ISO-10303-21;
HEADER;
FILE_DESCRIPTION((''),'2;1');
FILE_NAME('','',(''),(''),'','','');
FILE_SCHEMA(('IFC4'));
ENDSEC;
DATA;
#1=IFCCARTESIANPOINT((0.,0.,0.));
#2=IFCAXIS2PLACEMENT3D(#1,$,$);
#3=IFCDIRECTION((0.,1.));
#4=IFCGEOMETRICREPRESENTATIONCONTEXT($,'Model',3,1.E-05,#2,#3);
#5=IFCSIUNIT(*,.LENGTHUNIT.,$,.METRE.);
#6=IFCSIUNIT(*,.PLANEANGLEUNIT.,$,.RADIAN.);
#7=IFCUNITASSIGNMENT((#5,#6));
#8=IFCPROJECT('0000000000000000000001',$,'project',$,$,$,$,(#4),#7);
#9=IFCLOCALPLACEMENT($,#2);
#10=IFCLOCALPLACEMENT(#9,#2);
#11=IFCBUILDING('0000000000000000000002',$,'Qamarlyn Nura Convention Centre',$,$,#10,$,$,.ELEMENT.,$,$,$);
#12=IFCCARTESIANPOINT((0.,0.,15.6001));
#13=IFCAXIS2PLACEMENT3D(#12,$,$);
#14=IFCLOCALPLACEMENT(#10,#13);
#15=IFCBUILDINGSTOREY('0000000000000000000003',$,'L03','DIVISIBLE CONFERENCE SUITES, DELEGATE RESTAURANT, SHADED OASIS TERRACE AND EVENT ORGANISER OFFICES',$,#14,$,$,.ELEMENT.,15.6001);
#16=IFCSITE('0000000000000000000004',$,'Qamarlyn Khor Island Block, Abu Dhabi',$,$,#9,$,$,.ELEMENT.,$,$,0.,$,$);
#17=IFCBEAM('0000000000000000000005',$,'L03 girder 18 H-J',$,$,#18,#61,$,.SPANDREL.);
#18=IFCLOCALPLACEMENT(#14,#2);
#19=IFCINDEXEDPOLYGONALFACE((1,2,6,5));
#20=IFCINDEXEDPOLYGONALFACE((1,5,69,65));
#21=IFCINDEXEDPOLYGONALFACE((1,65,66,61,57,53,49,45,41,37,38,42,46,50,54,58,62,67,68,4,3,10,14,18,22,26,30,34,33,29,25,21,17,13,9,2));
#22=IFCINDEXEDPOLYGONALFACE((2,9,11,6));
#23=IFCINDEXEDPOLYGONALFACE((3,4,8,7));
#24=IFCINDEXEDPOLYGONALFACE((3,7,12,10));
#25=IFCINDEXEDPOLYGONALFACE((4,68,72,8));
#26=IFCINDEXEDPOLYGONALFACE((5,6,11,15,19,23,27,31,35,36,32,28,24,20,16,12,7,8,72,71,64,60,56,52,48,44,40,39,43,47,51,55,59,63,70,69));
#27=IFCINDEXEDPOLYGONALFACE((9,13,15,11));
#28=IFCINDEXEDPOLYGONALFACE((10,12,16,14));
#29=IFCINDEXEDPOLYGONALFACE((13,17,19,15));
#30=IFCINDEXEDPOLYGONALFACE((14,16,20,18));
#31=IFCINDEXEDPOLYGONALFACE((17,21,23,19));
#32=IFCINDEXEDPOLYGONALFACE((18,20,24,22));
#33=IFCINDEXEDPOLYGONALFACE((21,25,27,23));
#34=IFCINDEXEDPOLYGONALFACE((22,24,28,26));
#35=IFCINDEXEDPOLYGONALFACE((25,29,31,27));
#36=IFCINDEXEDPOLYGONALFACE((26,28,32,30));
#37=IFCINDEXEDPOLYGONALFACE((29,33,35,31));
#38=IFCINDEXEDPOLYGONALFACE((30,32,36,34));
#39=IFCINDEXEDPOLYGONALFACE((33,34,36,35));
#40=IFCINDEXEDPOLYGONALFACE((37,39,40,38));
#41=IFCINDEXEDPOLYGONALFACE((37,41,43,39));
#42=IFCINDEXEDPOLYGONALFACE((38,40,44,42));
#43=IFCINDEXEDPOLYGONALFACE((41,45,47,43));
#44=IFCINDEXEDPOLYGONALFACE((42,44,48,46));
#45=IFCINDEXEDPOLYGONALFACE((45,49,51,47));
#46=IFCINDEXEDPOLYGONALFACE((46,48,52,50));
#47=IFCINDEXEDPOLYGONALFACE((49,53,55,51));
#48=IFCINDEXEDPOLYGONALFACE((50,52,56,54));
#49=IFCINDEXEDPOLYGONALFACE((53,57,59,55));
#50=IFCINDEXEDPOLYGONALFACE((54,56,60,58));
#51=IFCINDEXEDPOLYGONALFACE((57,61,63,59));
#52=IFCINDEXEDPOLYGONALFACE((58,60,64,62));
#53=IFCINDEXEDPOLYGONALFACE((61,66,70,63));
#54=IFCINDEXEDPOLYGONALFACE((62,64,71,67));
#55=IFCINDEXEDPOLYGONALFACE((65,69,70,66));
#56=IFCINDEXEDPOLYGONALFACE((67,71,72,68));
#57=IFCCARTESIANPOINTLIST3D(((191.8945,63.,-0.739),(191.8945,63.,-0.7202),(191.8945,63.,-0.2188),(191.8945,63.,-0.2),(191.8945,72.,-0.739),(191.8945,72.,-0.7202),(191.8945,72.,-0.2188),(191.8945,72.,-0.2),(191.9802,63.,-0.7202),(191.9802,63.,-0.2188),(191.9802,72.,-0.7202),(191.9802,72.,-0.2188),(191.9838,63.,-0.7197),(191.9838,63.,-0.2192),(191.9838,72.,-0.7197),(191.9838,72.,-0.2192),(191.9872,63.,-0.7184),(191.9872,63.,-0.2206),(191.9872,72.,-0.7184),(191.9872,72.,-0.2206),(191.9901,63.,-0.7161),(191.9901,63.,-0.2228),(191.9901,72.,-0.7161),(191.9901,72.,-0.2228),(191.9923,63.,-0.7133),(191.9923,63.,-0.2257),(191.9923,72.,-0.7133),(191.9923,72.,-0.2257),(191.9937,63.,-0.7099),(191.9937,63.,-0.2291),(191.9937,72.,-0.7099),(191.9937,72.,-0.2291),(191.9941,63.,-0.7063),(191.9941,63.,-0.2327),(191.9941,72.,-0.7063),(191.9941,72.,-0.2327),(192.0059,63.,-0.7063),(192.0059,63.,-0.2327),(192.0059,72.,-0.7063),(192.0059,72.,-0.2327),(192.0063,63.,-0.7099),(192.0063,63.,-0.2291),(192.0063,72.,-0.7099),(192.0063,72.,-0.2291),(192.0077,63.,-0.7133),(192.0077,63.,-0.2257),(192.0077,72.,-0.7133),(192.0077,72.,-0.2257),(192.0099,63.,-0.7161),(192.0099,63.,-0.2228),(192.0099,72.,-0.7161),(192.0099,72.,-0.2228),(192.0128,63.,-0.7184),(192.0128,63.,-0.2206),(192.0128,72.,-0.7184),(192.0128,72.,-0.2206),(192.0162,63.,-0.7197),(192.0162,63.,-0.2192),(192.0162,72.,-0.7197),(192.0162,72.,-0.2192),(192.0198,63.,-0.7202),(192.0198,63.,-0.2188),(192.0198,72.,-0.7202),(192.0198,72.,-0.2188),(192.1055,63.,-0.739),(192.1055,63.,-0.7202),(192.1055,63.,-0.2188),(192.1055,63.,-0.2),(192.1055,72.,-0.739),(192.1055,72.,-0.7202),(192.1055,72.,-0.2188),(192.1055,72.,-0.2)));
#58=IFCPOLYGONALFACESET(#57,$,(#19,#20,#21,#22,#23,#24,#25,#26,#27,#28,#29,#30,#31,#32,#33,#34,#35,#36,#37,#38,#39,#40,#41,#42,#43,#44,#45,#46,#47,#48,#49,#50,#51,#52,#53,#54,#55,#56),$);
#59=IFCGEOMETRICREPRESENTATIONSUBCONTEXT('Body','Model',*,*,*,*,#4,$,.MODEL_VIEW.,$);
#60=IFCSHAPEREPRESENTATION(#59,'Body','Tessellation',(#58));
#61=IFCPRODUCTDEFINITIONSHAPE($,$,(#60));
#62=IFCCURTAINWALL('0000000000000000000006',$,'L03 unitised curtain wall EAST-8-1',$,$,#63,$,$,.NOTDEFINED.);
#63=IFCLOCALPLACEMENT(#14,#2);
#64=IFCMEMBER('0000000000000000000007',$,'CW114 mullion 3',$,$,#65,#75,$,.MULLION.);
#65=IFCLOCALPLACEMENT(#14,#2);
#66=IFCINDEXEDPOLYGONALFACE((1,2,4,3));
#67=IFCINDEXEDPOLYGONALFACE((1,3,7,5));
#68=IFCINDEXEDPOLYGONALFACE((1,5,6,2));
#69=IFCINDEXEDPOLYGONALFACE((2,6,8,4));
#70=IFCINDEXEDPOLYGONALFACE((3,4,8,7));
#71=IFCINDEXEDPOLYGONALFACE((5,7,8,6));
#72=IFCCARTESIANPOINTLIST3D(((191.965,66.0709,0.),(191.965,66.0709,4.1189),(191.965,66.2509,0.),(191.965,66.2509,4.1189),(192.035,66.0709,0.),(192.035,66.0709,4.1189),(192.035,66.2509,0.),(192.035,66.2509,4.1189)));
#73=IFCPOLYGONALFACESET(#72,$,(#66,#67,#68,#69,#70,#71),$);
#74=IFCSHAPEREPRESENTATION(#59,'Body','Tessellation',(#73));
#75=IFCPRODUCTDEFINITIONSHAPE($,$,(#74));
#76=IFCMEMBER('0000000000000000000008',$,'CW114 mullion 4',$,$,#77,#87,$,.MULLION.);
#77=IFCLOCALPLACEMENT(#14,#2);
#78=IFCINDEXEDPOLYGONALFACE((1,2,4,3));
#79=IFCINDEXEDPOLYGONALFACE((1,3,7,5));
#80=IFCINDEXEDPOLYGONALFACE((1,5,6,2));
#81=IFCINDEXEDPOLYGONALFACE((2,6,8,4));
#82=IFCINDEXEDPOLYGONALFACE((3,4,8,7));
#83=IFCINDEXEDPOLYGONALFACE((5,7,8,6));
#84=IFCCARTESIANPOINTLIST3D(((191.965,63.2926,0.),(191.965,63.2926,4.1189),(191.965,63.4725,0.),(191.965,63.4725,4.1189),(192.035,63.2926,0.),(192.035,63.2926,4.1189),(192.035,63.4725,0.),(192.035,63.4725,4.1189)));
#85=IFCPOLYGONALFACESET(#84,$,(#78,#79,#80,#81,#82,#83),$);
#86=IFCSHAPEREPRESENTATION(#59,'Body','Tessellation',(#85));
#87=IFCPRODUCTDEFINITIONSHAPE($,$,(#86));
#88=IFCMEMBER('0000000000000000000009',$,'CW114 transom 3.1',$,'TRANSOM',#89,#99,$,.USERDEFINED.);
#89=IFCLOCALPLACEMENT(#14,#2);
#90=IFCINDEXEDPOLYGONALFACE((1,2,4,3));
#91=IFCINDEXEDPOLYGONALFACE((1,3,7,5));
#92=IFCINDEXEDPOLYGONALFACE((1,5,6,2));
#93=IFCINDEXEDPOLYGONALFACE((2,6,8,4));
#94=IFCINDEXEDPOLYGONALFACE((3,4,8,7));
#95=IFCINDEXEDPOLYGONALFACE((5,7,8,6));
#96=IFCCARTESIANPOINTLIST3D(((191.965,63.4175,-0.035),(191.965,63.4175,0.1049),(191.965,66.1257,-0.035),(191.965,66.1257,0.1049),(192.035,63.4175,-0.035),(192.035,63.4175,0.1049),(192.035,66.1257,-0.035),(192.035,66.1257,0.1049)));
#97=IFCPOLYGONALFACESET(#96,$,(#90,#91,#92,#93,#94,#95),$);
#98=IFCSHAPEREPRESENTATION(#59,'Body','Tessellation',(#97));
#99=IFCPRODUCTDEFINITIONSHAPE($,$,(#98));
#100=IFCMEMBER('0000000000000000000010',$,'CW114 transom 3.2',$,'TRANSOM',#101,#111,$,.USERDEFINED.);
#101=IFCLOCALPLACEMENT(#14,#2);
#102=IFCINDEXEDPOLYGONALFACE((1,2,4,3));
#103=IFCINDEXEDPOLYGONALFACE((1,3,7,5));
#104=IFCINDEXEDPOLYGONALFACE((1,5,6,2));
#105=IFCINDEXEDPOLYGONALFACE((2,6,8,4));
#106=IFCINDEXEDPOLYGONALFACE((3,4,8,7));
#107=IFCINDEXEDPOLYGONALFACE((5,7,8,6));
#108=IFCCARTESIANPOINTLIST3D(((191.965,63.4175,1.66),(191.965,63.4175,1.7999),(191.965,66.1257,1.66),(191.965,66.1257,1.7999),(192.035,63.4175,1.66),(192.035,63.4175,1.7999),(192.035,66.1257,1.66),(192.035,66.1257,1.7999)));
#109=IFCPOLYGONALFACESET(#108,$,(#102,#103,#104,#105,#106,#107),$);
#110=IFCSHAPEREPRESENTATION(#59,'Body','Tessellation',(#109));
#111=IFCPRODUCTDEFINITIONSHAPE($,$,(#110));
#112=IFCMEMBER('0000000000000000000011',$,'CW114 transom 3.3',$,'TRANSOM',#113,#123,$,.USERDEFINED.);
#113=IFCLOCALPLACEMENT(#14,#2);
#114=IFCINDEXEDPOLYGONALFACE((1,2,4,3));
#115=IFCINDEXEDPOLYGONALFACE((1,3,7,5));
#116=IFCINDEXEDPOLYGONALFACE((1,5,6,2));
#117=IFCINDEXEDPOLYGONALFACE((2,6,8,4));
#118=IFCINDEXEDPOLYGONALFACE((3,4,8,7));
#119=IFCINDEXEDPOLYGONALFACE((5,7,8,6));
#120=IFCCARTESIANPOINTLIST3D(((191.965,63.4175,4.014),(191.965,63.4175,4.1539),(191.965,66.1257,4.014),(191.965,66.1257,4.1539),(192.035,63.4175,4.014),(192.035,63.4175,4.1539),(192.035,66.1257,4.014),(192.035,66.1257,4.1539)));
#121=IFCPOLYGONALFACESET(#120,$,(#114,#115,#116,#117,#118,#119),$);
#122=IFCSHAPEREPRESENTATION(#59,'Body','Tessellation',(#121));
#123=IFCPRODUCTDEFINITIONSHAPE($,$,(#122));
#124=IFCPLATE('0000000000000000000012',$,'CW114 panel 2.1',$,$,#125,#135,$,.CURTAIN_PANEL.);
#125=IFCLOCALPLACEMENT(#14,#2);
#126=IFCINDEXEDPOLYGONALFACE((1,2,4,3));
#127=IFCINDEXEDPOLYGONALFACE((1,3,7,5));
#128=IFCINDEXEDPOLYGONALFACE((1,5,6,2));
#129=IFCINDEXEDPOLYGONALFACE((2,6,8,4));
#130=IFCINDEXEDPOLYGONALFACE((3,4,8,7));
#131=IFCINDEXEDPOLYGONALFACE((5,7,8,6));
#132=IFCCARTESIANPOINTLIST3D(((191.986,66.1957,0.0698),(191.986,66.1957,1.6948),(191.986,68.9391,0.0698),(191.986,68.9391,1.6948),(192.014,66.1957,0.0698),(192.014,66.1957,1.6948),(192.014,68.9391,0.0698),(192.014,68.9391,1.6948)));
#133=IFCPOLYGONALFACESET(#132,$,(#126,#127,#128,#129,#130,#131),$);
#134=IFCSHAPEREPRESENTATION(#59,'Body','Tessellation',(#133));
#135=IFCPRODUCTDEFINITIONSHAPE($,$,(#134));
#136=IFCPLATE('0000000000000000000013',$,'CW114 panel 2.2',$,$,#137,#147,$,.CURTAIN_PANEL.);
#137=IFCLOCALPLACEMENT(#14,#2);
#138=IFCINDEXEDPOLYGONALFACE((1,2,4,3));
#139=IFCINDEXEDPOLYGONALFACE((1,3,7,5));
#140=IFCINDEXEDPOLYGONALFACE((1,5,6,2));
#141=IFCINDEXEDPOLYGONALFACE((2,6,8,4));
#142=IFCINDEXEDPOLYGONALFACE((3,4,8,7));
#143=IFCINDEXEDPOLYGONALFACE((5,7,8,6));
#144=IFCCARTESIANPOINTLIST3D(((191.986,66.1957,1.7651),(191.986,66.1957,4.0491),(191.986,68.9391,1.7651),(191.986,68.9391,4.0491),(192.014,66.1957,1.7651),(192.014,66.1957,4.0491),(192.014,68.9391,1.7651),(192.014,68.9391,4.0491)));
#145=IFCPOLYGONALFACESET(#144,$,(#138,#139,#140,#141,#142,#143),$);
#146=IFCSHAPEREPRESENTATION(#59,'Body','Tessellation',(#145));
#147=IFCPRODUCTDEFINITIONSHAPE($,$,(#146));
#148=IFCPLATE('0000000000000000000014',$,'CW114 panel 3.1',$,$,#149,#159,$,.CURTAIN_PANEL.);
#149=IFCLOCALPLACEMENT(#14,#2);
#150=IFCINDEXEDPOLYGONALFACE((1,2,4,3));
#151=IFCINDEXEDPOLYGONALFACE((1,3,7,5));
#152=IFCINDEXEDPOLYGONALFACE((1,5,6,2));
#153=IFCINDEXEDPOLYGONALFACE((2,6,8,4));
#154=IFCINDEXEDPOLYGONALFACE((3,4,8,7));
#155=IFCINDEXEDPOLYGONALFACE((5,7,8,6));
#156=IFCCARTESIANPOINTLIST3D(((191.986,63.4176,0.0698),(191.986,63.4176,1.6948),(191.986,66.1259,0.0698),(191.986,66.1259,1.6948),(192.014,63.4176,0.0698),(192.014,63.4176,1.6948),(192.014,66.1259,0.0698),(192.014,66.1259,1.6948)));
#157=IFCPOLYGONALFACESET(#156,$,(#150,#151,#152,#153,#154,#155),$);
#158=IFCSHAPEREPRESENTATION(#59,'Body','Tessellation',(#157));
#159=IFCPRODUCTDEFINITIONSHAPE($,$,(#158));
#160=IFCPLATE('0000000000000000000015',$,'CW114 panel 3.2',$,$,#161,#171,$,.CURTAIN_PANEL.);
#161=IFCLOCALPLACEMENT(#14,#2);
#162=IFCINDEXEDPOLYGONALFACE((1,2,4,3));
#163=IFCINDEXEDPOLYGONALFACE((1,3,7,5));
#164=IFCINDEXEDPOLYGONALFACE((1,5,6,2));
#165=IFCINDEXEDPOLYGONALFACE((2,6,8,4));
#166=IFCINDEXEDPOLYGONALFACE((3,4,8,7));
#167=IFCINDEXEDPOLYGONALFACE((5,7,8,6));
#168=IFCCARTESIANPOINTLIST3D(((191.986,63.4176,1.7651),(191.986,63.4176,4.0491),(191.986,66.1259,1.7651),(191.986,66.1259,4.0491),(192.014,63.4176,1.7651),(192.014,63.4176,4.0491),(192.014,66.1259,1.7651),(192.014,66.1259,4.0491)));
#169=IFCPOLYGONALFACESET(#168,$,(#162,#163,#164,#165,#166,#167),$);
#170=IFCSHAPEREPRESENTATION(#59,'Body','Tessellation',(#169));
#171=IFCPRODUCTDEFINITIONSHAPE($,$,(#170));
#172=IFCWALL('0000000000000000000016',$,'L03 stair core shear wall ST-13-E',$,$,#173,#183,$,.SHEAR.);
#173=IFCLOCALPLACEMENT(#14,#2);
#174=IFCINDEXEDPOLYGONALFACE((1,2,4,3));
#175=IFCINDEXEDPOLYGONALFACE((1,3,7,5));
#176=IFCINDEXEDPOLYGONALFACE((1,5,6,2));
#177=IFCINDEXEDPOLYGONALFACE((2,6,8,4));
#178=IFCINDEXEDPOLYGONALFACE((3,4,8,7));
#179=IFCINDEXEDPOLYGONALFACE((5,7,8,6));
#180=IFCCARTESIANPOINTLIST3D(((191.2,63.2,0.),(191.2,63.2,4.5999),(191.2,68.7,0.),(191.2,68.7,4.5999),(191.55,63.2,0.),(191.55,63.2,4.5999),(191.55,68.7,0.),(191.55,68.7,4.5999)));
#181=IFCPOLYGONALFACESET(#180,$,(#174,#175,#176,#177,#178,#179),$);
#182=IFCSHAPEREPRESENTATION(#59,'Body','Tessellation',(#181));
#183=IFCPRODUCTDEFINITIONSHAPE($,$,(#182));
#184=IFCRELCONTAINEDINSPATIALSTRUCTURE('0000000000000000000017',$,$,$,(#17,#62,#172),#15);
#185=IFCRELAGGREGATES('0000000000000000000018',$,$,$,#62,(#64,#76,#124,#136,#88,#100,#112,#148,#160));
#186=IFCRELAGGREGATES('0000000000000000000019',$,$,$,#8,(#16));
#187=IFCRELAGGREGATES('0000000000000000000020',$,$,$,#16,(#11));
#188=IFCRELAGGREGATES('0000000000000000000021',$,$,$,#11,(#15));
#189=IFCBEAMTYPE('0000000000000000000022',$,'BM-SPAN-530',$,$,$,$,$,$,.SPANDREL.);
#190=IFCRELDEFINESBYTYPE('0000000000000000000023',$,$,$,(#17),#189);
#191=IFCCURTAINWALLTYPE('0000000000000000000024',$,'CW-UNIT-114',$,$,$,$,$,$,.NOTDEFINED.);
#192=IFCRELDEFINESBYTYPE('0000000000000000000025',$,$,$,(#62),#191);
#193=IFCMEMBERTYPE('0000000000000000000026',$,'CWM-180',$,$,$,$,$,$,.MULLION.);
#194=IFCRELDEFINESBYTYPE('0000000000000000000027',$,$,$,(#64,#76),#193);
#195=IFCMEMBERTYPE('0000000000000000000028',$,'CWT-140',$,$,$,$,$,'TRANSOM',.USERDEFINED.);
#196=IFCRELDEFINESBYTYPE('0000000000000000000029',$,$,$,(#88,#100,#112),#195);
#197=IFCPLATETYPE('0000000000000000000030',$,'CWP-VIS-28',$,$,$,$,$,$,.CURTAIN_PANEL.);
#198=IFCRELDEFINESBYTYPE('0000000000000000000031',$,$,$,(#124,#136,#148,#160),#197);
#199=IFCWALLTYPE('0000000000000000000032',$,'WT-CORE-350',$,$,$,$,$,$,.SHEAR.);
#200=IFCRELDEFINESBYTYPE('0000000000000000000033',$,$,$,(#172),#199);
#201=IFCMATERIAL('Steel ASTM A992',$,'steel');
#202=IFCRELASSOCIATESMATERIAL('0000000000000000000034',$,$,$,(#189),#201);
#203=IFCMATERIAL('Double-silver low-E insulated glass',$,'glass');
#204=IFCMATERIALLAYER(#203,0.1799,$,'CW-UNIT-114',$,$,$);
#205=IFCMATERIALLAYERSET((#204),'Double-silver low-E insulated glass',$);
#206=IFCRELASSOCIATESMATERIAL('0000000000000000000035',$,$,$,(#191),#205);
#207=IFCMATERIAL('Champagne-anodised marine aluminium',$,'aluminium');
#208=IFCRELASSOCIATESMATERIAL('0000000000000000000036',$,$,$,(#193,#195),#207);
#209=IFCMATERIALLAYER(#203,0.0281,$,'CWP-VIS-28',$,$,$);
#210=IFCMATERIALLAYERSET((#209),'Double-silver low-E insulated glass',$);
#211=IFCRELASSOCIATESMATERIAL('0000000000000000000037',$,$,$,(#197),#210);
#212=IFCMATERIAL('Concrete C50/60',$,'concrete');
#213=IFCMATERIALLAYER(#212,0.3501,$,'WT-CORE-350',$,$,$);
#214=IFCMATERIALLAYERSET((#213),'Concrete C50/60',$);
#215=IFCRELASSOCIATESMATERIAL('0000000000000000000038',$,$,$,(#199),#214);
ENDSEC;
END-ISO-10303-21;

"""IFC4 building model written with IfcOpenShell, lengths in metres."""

from ifc_helpers import new_model, si_unit, direction, frame, frame_2d, origin, origin_2d, place, context, subcontext, project, spatial, rectangle, i_section, extrude, material, layer, layer_set, material_profile, profile_set, type_object, element, aggregate, save


model = new_model("IFC4")

# Units and contexts
model_context = context("Model", 3, precision=1e-05, world=origin(), true_north=direction((0.0, 1.0)))
body_context = subcontext(model_context, "Body", "Model", "MODEL_VIEW")
ifc_project = project(units=[si_unit("LENGTHUNIT", "METRE"), si_unit("PLANEANGLEUNIT", "RADIAN")], contexts=[model_context])

# Site, building, storey
site_placement = place(None, origin())
site = spatial("IfcSite", under=ifc_project, at=site_placement, Name="Qamarlyn Khor Island Block, Abu Dhabi", CompositionType="ELEMENT", RefElevation=0.0)
building_placement = place(site_placement, origin())
building = spatial("IfcBuilding", under=site, at=building_placement, Name="Qamarlyn Nura Convention Centre", CompositionType="ELEMENT")
storey_placement = place(building_placement, frame((0.0, 0.0, 15.6001)))
storey = spatial("IfcBuildingStorey", under=building, at=storey_placement, Name="L03", Description="DIVISIBLE CONFERENCE SUITES, DELEGATE RESTAURANT, SHADED OASIS TERRACE AND EVENT ORGANISER OFFICES", CompositionType="ELEMENT", Elevation=15.6001)

# Shared definitions
ifc_material_1 = material(Name="Steel ASTM A992", Category="steel")

# Beam
ifc_material_profile_1 = material_profile(ifc_material_1, i_section(OverallWidth=0.2109, OverallDepth=0.5391, WebThickness=0.0117, FlangeThickness=0.0188, FilletRadius=0.0139, at=origin_2d()), Name="W530X109")
ifc_profile_set_1 = profile_set([ifc_material_profile_1], Name="Steel ASTM A992")
beam_type_1 = type_object("IfcBeamType", Name="BM-SPAN-530", PredefinedType="SPANDREL", material=ifc_profile_set_1)
beam_1_placement = place(storey_placement, frame((192.0, 63.0, -0.4695), z_axis=(0.0, 1.0, 0.0), x_axis=(-1.0, 0.0, 0.0)))
element("IfcBeam", 1, at=beam_1_placement, inside=storey, type_object=beam_type_1, Name="L03 girder 18 H-J", PredefinedType="SPANDREL", context=body_context, shape_type="SweptSolid", body=[
    extrude(i_section(OverallWidth=0.2109, OverallDepth=0.5391, WebThickness=0.0117, FlangeThickness=0.0188, FilletRadius=0.0139, at=origin_2d()), origin(), (0.0, 0.0, 1.0), 9.0),
])

# Curtain wall, members, plates
ifc_material_2 = material(Name="Double-silver low-E insulated glass", Category="glass")
ifc_layer_1 = layer(ifc_material_2, 0.1799, Name="CW-UNIT-114")
ifc_layer_set_1 = layer_set([ifc_layer_1], Name="Double-silver low-E insulated glass")
curtain_wall_type = type_object("IfcCurtainWallType", Name="CW-UNIT-114", PredefinedType="NOTDEFINED", material=ifc_layer_set_1)
curtain_wall_placement = place(storey_placement, origin())
curtain_wall = element("IfcCurtainWall", 2, at=curtain_wall_placement, inside=storey, type_object=curtain_wall_type, Name="L03 unitised curtain wall EAST-8-1", PredefinedType="NOTDEFINED")
ifc_material_3 = material(Name="Champagne-anodised marine aluminium", Category="aluminium")
ifc_material_profile_2 = material_profile(ifc_material_3, rectangle(XDim=0.0701, YDim=0.1799, at=origin_2d()), Name="ALU MULLION 70x180")
ifc_profile_set_2 = profile_set([ifc_material_profile_2], Name="Champagne-anodised marine aluminium")
member_type_1 = type_object("IfcMemberType", Name="CWM-180", PredefinedType="MULLION", material=ifc_profile_set_2)
member_1_placement = place(storey_placement, frame((192.0, 66.1609, 0.0), z_axis=(0.0, 0.0, 1.0), x_axis=(1.0, 0.0, 0.0)))
member_1 = element("IfcMember", 3, at=member_1_placement, type_object=member_type_1, Name="CW114 mullion 3", PredefinedType="MULLION", context=body_context, shape_type="SweptSolid", body=[
    extrude(rectangle(XDim=0.0701, YDim=0.1799, at=origin_2d()), origin(), (0.0, 0.0, 1.0), 4.1189),
])
member_2_placement = place(storey_placement, frame((192.0, 63.3826, 0.0), z_axis=(0.0, 0.0, 1.0), x_axis=(1.0, 0.0, 0.0)))
member_2 = element("IfcMember", 4, at=member_2_placement, type_object=member_type_1, Name="CW114 mullion 4", PredefinedType="MULLION", context=body_context, shape_type="SweptSolid", body=[
    extrude(rectangle(XDim=0.0701, YDim=0.1799, at=origin_2d()), origin(), (0.0, 0.0, 1.0), 4.1189),
])
ifc_material_profile_3 = material_profile(ifc_material_3, rectangle(XDim=0.0701, YDim=0.1399, at=origin_2d()), Name="ALU TRANSOM 70x140")
ifc_profile_set_3 = profile_set([ifc_material_profile_3], Name="Champagne-anodised marine aluminium")
member_type_2 = type_object("IfcMemberType", Name="CWT-140", ElementType="TRANSOM", PredefinedType="USERDEFINED", material=ifc_profile_set_3)
member_3_placement = place(storey_placement, frame((192.0, 66.1257, 0.0349), z_axis=(0.0, -1.0, 0.0), x_axis=(1.0, 0.0, 0.0)))
member_3 = element("IfcMember", 5, at=member_3_placement, type_object=member_type_2, Name="CW114 transom 3.1", ObjectType="TRANSOM", PredefinedType="USERDEFINED", context=body_context, shape_type="SweptSolid", body=[
    extrude(rectangle(XDim=0.0701, YDim=0.1399, at=origin_2d()), origin(), (0.0, 0.0, 1.0), 2.7083),
])
member_4_placement = place(storey_placement, frame((192.0, 66.1257, 1.73), z_axis=(0.0, -1.0, 0.0), x_axis=(1.0, 0.0, 0.0)))
member_4 = element("IfcMember", 6, at=member_4_placement, type_object=member_type_2, Name="CW114 transom 3.2", ObjectType="TRANSOM", PredefinedType="USERDEFINED", context=body_context, shape_type="SweptSolid", body=[
    extrude(rectangle(XDim=0.0701, YDim=0.1399, at=origin_2d()), origin(), (0.0, 0.0, 1.0), 2.7083),
])
member_5_placement = place(storey_placement, frame((192.0, 66.1257, 4.084), z_axis=(0.0, -1.0, 0.0), x_axis=(1.0, 0.0, 0.0)))
member_5 = element("IfcMember", 7, at=member_5_placement, type_object=member_type_2, Name="CW114 transom 3.3", ObjectType="TRANSOM", PredefinedType="USERDEFINED", context=body_context, shape_type="SweptSolid", body=[
    extrude(rectangle(XDim=0.0701, YDim=0.1399, at=origin_2d()), origin(), (0.0, 0.0, 1.0), 2.7083),
])
ifc_layer_2 = layer(ifc_material_2, 0.0281, Name="CWP-VIS-28")
ifc_layer_set_2 = layer_set([ifc_layer_2], Name="Double-silver low-E insulated glass")
plate_type = type_object("IfcPlateType", Name="CWP-VIS-28", PredefinedType="CURTAIN_PANEL", material=ifc_layer_set_2)
plate_1_placement = place(storey_placement, frame((192.0, 67.5674, 0.0698), z_axis=(0.0, 0.0, 1.0), x_axis=(0.0, -1.0, 0.0)))
plate_1 = element("IfcPlate", 8, at=plate_1_placement, type_object=plate_type, Name="CW114 panel 2.1", PredefinedType="CURTAIN_PANEL", context=body_context, shape_type="SweptSolid", body=[
    extrude(rectangle(XDim=2.7434, YDim=0.0281, at=origin_2d()), origin(), (0.0, 0.0, 1.0), 1.625),
])
plate_2_placement = place(storey_placement, frame((192.0, 67.5674, 1.7651), z_axis=(0.0, 0.0, 1.0), x_axis=(0.0, -1.0, 0.0)))
plate_2 = element("IfcPlate", 9, at=plate_2_placement, type_object=plate_type, Name="CW114 panel 2.2", PredefinedType="CURTAIN_PANEL", context=body_context, shape_type="SweptSolid", body=[
    extrude(rectangle(XDim=2.7434, YDim=0.0281, at=origin_2d()), origin(), (0.0, 0.0, 1.0), 2.2839),
])
plate_3_placement = place(storey_placement, frame((192.0, 64.7717, 0.0698), z_axis=(0.0, 0.0, 1.0), x_axis=(0.0, -1.0, 0.0)))
plate_3 = element("IfcPlate", 10, at=plate_3_placement, type_object=plate_type, Name="CW114 panel 3.1", PredefinedType="CURTAIN_PANEL", context=body_context, shape_type="SweptSolid", body=[
    extrude(rectangle(XDim=2.7083, YDim=0.0281, at=origin_2d()), origin(), (0.0, 0.0, 1.0), 1.625),
])
plate_4_placement = place(storey_placement, frame((192.0, 64.7717, 1.7651), z_axis=(0.0, 0.0, 1.0), x_axis=(0.0, -1.0, 0.0)))
plate_4 = element("IfcPlate", 11, at=plate_4_placement, type_object=plate_type, Name="CW114 panel 3.2", PredefinedType="CURTAIN_PANEL", context=body_context, shape_type="SweptSolid", body=[
    extrude(rectangle(XDim=2.7083, YDim=0.0281, at=origin_2d()), origin(), (0.0, 0.0, 1.0), 2.2839),
])
aggregate(curtain_wall, [member_1, member_2, plate_1, plate_2, member_3, member_4, member_5, plate_3, plate_4])

# Wall
ifc_material_4 = material(Name="Concrete C50/60", Category="concrete")
ifc_layer_3 = layer(ifc_material_4, 0.3501, Name="WT-CORE-350")
ifc_layer_set_3 = layer_set([ifc_layer_3], Name="Concrete C50/60")
wall_type_1 = type_object("IfcWallType", Name="WT-CORE-350", PredefinedType="SHEAR", material=ifc_layer_set_3)
wall_1_placement = place(storey_placement, frame((191.375, 63.2, 0.0), z_axis=(0.0, 0.0, 1.0), x_axis=(0.0, 1.0, 0.0)))
element("IfcWall", 12, at=wall_1_placement, inside=storey, type_object=wall_type_1, Name="L03 stair core shear wall ST-13-E", PredefinedType="SHEAR", context=body_context, shape_type="SweptSolid", body=[
    extrude(rectangle(XDim=5.5, YDim=0.3501, at=frame_2d((2.75, 0.0))), origin(), (0.0, 0.0, 1.0), 4.5999),
])

save(model, "model.ifc")
